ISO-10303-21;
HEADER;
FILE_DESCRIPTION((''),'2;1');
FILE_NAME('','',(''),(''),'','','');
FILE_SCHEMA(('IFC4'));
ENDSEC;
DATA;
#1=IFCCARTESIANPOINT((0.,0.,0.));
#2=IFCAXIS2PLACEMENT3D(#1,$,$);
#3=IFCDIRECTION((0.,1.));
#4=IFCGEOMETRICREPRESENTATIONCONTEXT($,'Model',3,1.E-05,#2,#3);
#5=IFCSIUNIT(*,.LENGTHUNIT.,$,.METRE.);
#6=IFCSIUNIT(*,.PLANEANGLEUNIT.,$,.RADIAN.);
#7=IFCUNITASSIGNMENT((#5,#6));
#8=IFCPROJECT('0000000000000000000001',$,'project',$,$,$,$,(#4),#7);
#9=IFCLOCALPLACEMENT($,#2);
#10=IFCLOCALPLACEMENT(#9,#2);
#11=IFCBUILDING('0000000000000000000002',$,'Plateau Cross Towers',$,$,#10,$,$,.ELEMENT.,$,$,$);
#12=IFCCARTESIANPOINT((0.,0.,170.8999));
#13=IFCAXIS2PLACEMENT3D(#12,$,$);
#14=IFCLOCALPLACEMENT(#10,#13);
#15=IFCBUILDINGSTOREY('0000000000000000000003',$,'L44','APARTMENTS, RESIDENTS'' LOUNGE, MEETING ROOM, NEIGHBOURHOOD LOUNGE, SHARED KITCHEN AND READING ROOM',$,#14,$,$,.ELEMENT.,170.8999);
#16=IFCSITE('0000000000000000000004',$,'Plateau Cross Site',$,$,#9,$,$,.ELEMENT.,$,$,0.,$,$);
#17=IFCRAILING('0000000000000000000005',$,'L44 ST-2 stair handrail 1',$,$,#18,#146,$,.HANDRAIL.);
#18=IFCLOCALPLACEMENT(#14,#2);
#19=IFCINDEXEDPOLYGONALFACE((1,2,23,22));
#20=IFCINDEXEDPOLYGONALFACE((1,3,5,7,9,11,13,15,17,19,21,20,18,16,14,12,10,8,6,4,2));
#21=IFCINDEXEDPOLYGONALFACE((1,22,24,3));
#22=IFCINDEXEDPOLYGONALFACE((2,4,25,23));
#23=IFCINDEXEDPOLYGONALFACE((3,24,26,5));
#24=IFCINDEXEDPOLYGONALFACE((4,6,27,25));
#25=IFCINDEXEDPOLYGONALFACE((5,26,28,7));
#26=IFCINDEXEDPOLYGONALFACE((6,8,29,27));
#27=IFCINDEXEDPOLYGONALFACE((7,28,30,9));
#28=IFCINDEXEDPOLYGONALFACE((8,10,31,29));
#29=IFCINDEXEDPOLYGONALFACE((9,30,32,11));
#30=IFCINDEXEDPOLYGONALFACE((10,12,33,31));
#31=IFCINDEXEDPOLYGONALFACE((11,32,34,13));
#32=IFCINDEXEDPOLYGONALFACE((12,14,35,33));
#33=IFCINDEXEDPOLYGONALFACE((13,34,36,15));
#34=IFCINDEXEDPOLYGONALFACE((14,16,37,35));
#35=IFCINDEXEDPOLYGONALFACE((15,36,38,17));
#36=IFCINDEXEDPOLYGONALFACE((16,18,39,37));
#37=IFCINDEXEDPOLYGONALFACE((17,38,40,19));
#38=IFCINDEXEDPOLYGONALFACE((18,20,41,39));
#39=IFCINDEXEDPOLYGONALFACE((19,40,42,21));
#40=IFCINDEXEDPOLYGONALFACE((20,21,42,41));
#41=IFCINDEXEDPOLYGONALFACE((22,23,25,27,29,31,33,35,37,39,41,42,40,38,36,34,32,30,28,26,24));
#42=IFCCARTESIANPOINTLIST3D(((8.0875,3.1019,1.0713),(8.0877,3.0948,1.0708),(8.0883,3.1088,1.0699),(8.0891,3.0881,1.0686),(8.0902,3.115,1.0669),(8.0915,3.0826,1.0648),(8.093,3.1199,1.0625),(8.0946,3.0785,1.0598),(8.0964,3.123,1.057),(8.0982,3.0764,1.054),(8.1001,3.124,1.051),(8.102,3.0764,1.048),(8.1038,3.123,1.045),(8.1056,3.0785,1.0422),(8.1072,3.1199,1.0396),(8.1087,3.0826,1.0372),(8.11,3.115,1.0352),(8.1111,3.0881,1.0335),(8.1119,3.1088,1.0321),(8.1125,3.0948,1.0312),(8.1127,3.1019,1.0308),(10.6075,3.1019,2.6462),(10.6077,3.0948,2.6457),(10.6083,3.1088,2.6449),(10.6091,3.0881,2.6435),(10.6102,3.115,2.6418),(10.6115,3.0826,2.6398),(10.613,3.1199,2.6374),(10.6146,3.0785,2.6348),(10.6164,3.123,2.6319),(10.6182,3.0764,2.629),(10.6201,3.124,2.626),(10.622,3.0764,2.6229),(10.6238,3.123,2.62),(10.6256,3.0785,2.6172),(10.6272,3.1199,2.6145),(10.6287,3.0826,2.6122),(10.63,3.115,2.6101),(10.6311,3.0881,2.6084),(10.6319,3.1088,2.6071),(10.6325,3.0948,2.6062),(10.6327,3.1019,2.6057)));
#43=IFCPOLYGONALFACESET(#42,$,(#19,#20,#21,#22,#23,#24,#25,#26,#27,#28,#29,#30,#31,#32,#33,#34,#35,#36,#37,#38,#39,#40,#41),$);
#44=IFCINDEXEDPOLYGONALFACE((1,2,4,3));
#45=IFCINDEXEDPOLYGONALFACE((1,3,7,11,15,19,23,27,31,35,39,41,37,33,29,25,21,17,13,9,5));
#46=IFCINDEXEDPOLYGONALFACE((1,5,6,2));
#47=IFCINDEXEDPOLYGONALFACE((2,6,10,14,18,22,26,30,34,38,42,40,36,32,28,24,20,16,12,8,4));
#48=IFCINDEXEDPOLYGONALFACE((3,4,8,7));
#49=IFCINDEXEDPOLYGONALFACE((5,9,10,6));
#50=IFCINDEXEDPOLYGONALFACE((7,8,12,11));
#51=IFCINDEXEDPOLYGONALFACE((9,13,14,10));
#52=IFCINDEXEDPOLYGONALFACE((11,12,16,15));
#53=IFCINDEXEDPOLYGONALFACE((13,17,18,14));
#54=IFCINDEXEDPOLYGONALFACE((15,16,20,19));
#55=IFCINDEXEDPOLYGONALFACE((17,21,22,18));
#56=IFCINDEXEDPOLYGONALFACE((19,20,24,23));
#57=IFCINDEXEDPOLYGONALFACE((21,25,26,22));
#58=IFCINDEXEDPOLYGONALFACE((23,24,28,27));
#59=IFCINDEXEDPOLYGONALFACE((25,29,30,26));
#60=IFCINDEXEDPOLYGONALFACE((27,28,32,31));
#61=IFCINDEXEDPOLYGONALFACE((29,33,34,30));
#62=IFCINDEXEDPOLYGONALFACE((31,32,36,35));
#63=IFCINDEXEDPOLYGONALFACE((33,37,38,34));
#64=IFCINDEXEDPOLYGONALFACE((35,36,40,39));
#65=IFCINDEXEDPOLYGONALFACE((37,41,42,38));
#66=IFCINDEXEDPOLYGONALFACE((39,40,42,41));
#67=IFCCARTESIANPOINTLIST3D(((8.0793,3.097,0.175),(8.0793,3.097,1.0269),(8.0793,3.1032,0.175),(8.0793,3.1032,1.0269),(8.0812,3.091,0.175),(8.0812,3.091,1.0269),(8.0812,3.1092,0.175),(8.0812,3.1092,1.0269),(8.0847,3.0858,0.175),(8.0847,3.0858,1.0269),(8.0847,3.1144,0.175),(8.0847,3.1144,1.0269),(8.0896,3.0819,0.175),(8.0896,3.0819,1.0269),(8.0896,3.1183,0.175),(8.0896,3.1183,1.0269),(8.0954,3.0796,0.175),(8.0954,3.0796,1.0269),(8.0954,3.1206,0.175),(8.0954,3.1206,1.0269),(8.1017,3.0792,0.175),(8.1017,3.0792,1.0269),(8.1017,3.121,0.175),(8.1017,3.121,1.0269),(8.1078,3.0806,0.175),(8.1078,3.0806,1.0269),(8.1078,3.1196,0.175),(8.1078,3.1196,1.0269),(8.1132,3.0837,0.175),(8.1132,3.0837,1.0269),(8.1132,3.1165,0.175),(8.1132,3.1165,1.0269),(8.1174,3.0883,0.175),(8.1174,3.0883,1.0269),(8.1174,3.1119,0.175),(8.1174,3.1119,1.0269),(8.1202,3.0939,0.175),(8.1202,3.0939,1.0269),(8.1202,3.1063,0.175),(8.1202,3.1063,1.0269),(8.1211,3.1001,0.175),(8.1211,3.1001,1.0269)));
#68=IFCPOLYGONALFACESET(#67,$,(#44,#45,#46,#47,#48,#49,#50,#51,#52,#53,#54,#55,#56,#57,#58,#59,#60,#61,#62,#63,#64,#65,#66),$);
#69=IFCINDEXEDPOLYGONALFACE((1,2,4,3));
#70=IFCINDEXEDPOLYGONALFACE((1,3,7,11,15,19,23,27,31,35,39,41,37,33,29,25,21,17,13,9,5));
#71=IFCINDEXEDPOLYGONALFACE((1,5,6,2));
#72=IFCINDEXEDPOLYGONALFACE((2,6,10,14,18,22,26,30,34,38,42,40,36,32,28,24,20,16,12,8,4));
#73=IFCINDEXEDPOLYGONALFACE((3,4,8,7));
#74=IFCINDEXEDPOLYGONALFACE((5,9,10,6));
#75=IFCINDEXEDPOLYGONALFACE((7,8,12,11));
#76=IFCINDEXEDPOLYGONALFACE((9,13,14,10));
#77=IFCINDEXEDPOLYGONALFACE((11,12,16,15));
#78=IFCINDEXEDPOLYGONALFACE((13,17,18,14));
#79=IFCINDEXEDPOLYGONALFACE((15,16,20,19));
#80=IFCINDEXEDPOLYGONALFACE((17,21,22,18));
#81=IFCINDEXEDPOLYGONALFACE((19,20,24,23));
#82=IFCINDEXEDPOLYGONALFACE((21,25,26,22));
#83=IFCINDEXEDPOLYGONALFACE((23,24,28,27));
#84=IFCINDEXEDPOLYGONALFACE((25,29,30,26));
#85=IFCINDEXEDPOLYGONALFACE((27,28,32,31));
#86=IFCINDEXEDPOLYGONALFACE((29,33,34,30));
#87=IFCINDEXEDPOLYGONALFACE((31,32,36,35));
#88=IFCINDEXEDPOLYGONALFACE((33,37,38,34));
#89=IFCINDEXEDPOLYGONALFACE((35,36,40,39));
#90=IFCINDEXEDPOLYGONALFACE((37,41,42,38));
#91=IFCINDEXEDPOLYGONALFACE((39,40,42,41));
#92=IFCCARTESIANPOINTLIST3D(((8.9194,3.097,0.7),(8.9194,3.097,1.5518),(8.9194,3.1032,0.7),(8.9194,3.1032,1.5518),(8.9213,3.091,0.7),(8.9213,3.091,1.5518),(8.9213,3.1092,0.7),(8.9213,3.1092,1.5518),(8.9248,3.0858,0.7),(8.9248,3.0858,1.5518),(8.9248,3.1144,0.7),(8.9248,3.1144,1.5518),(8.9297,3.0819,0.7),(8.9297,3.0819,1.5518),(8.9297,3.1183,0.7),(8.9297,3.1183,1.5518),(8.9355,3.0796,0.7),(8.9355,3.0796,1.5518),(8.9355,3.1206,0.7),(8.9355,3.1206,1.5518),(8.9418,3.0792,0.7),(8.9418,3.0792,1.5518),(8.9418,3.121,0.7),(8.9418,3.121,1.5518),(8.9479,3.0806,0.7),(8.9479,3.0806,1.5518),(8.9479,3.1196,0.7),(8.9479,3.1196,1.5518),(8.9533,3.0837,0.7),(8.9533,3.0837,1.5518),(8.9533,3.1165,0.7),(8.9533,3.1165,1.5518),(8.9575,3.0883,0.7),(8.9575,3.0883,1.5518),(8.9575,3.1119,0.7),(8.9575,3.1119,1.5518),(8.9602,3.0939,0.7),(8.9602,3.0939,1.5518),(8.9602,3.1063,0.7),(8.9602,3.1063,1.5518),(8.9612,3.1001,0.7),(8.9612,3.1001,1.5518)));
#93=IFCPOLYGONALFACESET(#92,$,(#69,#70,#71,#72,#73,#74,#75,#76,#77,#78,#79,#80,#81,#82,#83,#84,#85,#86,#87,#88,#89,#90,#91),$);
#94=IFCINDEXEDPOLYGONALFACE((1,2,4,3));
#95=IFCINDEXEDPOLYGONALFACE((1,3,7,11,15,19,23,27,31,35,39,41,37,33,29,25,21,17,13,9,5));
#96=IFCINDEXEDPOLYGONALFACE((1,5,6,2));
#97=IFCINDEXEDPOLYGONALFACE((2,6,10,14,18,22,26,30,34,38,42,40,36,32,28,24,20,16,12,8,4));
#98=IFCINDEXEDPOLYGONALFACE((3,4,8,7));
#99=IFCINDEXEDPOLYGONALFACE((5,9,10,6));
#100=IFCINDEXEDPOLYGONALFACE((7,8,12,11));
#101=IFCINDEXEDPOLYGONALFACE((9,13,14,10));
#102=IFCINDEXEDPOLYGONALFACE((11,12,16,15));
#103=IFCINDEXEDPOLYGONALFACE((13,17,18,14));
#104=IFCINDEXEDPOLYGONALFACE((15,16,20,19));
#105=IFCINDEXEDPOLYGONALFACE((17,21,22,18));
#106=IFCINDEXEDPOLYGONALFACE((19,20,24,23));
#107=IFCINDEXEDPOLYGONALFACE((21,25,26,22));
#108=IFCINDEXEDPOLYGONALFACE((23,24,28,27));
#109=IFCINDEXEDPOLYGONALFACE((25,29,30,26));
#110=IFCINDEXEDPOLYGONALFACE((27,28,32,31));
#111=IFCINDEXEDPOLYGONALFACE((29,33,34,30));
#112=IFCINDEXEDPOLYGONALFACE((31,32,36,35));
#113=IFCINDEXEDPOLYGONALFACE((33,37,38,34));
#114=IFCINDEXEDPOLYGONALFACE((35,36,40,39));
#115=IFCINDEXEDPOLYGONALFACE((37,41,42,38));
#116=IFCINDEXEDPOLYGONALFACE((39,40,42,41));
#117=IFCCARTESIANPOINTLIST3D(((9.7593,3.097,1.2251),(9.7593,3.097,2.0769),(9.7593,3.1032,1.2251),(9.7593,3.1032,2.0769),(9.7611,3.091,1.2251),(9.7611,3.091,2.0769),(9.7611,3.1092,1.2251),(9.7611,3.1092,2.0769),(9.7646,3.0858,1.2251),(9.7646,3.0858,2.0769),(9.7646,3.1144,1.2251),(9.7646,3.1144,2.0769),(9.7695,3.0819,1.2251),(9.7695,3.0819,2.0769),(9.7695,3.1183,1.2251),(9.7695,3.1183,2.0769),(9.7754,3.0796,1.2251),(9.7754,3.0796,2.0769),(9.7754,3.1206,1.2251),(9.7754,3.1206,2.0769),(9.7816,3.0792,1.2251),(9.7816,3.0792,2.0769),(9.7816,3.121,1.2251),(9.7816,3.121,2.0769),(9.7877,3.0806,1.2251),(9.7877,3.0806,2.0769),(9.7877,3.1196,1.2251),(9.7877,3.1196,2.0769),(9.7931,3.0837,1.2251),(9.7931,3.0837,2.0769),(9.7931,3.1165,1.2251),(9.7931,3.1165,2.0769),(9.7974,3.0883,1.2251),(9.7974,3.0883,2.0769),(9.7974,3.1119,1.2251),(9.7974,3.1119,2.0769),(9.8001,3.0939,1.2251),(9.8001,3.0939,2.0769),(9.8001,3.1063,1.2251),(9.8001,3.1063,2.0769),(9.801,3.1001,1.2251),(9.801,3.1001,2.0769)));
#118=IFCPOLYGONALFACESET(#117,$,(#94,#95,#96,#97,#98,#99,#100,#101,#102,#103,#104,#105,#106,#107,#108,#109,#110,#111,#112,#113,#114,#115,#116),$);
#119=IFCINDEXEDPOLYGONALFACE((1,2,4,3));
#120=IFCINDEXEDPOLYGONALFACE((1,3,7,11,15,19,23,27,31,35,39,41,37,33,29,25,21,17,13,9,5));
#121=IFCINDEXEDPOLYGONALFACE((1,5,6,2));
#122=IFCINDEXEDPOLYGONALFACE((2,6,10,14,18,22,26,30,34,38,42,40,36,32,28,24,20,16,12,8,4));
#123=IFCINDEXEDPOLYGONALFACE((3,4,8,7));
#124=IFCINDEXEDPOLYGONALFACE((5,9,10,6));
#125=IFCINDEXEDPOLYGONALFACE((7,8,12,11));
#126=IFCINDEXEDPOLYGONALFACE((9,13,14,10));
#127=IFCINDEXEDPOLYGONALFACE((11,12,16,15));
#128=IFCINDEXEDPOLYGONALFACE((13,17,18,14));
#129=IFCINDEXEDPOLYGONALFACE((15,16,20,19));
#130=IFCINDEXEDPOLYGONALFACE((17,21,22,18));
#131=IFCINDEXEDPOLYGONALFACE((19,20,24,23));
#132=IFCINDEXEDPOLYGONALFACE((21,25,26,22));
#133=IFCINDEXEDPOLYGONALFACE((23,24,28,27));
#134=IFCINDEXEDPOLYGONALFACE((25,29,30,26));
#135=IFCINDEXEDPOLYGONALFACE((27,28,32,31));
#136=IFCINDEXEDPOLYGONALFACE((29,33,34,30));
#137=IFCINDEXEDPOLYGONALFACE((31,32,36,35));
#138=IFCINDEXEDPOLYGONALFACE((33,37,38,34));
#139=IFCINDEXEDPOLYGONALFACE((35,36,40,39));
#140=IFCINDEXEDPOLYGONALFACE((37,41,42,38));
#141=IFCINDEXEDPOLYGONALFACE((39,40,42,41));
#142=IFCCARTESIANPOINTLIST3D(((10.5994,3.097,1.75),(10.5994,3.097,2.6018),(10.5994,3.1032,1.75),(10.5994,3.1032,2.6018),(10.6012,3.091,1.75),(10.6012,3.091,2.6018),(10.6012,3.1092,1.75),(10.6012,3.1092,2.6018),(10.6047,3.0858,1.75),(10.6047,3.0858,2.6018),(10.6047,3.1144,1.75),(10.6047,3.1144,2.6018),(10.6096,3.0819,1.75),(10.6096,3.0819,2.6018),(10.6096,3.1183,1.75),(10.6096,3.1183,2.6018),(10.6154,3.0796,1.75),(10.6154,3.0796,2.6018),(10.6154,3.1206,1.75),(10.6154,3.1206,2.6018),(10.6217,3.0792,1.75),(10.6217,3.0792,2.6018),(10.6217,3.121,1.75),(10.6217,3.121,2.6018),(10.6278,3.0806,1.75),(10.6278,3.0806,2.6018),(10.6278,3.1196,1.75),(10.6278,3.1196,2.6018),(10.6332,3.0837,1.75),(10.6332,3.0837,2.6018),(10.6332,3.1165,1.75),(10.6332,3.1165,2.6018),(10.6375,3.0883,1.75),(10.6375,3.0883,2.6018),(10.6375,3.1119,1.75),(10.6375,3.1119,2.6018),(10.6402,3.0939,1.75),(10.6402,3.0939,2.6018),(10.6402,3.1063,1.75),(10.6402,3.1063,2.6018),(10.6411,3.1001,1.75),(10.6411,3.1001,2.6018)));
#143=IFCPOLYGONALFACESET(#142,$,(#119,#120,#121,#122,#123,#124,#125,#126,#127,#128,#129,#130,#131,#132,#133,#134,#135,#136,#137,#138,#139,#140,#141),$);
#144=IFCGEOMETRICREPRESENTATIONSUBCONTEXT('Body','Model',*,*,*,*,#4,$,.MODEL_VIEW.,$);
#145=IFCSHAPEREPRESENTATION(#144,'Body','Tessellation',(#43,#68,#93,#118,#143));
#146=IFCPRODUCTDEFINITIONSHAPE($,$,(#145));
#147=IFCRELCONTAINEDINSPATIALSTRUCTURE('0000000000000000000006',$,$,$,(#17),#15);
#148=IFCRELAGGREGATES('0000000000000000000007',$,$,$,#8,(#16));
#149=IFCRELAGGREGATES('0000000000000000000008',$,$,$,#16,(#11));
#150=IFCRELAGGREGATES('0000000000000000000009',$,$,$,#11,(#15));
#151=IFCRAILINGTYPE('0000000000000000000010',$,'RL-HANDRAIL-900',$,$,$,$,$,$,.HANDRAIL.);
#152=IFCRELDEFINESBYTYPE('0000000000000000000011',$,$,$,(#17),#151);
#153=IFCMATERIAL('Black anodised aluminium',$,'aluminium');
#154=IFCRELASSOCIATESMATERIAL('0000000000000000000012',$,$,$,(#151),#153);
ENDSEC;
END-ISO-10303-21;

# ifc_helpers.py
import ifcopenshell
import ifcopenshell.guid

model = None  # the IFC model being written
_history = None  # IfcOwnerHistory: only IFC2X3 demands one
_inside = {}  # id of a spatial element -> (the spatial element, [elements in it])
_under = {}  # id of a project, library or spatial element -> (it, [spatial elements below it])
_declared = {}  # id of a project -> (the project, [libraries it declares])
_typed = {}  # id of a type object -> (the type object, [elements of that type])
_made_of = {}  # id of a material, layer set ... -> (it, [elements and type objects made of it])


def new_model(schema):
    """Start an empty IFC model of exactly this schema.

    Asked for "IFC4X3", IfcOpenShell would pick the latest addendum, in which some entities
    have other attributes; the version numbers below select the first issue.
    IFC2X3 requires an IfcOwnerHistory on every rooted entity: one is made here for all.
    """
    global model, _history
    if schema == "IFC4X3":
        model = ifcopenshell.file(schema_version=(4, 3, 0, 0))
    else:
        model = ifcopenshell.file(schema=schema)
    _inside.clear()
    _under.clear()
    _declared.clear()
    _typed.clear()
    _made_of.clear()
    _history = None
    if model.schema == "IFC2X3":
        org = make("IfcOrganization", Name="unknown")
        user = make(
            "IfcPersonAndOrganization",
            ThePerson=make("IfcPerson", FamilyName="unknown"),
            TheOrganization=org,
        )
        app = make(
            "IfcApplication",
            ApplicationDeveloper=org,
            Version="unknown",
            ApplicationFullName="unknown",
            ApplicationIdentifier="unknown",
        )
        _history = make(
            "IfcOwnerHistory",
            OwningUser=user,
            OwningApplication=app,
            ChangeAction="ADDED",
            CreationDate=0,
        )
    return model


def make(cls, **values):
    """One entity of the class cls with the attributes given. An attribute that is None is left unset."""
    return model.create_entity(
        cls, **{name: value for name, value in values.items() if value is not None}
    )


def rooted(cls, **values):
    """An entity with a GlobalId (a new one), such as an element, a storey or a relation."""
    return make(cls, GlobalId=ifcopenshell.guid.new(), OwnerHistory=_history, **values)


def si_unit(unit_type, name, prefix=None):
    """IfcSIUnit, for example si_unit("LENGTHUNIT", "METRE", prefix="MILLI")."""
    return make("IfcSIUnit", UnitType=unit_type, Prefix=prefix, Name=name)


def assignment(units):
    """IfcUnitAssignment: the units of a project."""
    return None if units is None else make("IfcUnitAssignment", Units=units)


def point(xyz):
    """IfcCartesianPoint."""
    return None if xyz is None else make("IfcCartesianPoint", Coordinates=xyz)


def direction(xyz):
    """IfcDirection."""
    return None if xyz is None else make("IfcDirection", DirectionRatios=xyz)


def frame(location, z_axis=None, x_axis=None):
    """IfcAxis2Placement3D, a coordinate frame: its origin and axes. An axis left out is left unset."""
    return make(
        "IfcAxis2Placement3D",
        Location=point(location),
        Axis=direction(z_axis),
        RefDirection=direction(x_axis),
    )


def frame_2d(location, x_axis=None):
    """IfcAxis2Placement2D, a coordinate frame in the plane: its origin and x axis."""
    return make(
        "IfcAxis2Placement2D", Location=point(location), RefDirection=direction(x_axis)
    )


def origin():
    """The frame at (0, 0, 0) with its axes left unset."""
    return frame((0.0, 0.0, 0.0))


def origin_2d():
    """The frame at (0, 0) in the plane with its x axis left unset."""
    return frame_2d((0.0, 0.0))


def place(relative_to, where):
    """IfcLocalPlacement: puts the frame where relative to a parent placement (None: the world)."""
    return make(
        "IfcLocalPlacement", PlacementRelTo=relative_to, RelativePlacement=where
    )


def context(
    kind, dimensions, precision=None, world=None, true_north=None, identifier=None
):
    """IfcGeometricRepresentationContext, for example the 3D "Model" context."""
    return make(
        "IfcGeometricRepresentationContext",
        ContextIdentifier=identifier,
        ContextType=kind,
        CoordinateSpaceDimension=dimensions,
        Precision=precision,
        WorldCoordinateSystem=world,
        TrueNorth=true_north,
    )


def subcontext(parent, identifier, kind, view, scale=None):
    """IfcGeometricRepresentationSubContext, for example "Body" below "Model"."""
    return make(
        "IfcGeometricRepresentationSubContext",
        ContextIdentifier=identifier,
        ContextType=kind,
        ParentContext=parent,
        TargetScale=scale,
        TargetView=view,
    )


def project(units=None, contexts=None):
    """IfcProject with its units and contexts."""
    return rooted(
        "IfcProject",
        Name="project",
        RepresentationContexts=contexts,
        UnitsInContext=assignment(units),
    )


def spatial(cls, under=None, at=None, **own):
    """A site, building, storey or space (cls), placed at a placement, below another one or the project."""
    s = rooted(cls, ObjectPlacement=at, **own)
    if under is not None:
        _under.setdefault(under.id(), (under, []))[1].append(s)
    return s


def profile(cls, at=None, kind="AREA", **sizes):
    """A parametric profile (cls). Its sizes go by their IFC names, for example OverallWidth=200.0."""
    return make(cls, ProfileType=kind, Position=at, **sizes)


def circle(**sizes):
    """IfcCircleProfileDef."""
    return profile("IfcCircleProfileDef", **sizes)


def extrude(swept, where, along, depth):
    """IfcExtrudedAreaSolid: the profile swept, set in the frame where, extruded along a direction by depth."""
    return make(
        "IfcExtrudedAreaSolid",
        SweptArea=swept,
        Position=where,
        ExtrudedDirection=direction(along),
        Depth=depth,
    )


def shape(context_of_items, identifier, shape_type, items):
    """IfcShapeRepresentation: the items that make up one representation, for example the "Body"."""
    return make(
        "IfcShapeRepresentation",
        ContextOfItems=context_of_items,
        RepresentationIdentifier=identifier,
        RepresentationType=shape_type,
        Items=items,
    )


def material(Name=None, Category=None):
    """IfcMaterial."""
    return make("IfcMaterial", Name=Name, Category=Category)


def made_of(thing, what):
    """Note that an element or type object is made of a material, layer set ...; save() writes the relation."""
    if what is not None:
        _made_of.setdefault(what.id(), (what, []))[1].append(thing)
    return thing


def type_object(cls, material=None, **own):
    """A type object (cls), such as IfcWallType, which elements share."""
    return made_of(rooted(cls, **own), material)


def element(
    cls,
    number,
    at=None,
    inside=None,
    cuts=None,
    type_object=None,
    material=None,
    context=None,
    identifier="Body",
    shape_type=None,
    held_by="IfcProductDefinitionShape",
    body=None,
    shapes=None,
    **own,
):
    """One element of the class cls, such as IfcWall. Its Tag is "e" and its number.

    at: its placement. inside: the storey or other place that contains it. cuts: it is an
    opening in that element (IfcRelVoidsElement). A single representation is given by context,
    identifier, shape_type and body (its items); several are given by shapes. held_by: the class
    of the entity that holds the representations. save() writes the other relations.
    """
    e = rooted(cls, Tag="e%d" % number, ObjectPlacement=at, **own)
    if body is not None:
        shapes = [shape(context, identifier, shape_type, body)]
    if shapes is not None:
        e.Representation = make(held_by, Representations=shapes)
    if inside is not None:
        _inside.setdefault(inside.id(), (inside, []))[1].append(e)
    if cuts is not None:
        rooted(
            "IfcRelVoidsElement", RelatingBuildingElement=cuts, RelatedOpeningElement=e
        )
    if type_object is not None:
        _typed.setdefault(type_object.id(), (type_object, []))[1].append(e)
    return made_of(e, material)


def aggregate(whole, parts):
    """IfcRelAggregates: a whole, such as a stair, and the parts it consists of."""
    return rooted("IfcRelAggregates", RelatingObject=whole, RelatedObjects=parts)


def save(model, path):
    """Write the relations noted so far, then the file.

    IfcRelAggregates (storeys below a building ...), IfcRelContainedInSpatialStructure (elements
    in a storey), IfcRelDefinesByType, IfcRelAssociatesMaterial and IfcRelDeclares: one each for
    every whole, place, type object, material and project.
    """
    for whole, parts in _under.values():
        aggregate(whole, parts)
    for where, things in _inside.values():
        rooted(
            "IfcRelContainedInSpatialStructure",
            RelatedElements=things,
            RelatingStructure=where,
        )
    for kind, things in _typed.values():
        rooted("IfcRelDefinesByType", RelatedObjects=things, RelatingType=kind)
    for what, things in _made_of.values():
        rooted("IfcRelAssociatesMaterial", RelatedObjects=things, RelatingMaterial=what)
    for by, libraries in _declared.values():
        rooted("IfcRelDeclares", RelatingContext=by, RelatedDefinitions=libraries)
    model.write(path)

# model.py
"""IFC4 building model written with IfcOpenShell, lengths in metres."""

from ifc_helpers import new_model, si_unit, direction, frame, origin, origin_2d, place, context, subcontext, project, spatial, circle, extrude, material, type_object, element, save


model = new_model("IFC4")

# Units and contexts
model_context = context("Model", 3, precision=1e-05, world=origin(), true_north=direction((0.0, 1.0)))
body_context = subcontext(model_context, "Body", "Model", "MODEL_VIEW")
ifc_project = project(units=[si_unit("LENGTHUNIT", "METRE"), si_unit("PLANEANGLEUNIT", "RADIAN")], contexts=[model_context])

# Site, building, storey
site_placement = place(None, origin())
site = spatial("IfcSite", under=ifc_project, at=site_placement, Name="Plateau Cross Site", CompositionType="ELEMENT", RefElevation=0.0)
building_placement = place(site_placement, origin())
building = spatial("IfcBuilding", under=site, at=building_placement, Name="Plateau Cross Towers", CompositionType="ELEMENT")
storey_placement = place(building_placement, frame((0.0, 0.0, 170.8999)))
storey = spatial("IfcBuildingStorey", under=building, at=storey_placement, Name="L44", Description="APARTMENTS, RESIDENTS' LOUNGE, MEETING ROOM, NEIGHBOURHOOD LOUNGE, SHARED KITCHEN AND READING ROOM", CompositionType="ELEMENT", Elevation=170.8999)

# Shared definitions
ifc_material_1 = material(Name="Black anodised aluminium", Category="aluminium")

# Railing
railing_type_1 = type_object("IfcRailingType", Name="RL-HANDRAIL-900", PredefinedType="HANDRAIL", material=ifc_material_1)
railing_1_placement = place(storey_placement, frame((8.1001, 3.1001, 0.175)))
element("IfcRailing", 1, at=railing_1_placement, inside=storey, type_object=railing_type_1, Name="L44 ST-2 stair handrail 1", PredefinedType="HANDRAIL", context=body_context, shape_type="SweptSolid", body=[
    extrude(circle(Radius=0.0239, at=origin_2d()), frame((0.0, 0.0, 0.876), z_axis=(0.848008, 0.0, 0.529984), x_axis=(0.0, 1.0, 0.0)), (0.0, 0.0, 1.0), 2.9717),
    extrude(circle(Radius=0.021, at=origin_2d()), origin(), (0.0, 0.0, 1.0), 0.8518),
    extrude(circle(Radius=0.021, at=origin_2d()), frame((0.8401, 0.0, 0.5249)), (0.0, 0.0, 1.0), 0.8518),
    extrude(circle(Radius=0.021, at=origin_2d()), frame((1.6799, 0.0, 1.05)), (0.0, 0.0, 1.0), 0.8518),
    extrude(circle(Radius=0.021, at=origin_2d()), frame((2.52, 0.0, 1.575)), (0.0, 0.0, 1.0), 0.8518),
])

save(model, "model.ifc")
